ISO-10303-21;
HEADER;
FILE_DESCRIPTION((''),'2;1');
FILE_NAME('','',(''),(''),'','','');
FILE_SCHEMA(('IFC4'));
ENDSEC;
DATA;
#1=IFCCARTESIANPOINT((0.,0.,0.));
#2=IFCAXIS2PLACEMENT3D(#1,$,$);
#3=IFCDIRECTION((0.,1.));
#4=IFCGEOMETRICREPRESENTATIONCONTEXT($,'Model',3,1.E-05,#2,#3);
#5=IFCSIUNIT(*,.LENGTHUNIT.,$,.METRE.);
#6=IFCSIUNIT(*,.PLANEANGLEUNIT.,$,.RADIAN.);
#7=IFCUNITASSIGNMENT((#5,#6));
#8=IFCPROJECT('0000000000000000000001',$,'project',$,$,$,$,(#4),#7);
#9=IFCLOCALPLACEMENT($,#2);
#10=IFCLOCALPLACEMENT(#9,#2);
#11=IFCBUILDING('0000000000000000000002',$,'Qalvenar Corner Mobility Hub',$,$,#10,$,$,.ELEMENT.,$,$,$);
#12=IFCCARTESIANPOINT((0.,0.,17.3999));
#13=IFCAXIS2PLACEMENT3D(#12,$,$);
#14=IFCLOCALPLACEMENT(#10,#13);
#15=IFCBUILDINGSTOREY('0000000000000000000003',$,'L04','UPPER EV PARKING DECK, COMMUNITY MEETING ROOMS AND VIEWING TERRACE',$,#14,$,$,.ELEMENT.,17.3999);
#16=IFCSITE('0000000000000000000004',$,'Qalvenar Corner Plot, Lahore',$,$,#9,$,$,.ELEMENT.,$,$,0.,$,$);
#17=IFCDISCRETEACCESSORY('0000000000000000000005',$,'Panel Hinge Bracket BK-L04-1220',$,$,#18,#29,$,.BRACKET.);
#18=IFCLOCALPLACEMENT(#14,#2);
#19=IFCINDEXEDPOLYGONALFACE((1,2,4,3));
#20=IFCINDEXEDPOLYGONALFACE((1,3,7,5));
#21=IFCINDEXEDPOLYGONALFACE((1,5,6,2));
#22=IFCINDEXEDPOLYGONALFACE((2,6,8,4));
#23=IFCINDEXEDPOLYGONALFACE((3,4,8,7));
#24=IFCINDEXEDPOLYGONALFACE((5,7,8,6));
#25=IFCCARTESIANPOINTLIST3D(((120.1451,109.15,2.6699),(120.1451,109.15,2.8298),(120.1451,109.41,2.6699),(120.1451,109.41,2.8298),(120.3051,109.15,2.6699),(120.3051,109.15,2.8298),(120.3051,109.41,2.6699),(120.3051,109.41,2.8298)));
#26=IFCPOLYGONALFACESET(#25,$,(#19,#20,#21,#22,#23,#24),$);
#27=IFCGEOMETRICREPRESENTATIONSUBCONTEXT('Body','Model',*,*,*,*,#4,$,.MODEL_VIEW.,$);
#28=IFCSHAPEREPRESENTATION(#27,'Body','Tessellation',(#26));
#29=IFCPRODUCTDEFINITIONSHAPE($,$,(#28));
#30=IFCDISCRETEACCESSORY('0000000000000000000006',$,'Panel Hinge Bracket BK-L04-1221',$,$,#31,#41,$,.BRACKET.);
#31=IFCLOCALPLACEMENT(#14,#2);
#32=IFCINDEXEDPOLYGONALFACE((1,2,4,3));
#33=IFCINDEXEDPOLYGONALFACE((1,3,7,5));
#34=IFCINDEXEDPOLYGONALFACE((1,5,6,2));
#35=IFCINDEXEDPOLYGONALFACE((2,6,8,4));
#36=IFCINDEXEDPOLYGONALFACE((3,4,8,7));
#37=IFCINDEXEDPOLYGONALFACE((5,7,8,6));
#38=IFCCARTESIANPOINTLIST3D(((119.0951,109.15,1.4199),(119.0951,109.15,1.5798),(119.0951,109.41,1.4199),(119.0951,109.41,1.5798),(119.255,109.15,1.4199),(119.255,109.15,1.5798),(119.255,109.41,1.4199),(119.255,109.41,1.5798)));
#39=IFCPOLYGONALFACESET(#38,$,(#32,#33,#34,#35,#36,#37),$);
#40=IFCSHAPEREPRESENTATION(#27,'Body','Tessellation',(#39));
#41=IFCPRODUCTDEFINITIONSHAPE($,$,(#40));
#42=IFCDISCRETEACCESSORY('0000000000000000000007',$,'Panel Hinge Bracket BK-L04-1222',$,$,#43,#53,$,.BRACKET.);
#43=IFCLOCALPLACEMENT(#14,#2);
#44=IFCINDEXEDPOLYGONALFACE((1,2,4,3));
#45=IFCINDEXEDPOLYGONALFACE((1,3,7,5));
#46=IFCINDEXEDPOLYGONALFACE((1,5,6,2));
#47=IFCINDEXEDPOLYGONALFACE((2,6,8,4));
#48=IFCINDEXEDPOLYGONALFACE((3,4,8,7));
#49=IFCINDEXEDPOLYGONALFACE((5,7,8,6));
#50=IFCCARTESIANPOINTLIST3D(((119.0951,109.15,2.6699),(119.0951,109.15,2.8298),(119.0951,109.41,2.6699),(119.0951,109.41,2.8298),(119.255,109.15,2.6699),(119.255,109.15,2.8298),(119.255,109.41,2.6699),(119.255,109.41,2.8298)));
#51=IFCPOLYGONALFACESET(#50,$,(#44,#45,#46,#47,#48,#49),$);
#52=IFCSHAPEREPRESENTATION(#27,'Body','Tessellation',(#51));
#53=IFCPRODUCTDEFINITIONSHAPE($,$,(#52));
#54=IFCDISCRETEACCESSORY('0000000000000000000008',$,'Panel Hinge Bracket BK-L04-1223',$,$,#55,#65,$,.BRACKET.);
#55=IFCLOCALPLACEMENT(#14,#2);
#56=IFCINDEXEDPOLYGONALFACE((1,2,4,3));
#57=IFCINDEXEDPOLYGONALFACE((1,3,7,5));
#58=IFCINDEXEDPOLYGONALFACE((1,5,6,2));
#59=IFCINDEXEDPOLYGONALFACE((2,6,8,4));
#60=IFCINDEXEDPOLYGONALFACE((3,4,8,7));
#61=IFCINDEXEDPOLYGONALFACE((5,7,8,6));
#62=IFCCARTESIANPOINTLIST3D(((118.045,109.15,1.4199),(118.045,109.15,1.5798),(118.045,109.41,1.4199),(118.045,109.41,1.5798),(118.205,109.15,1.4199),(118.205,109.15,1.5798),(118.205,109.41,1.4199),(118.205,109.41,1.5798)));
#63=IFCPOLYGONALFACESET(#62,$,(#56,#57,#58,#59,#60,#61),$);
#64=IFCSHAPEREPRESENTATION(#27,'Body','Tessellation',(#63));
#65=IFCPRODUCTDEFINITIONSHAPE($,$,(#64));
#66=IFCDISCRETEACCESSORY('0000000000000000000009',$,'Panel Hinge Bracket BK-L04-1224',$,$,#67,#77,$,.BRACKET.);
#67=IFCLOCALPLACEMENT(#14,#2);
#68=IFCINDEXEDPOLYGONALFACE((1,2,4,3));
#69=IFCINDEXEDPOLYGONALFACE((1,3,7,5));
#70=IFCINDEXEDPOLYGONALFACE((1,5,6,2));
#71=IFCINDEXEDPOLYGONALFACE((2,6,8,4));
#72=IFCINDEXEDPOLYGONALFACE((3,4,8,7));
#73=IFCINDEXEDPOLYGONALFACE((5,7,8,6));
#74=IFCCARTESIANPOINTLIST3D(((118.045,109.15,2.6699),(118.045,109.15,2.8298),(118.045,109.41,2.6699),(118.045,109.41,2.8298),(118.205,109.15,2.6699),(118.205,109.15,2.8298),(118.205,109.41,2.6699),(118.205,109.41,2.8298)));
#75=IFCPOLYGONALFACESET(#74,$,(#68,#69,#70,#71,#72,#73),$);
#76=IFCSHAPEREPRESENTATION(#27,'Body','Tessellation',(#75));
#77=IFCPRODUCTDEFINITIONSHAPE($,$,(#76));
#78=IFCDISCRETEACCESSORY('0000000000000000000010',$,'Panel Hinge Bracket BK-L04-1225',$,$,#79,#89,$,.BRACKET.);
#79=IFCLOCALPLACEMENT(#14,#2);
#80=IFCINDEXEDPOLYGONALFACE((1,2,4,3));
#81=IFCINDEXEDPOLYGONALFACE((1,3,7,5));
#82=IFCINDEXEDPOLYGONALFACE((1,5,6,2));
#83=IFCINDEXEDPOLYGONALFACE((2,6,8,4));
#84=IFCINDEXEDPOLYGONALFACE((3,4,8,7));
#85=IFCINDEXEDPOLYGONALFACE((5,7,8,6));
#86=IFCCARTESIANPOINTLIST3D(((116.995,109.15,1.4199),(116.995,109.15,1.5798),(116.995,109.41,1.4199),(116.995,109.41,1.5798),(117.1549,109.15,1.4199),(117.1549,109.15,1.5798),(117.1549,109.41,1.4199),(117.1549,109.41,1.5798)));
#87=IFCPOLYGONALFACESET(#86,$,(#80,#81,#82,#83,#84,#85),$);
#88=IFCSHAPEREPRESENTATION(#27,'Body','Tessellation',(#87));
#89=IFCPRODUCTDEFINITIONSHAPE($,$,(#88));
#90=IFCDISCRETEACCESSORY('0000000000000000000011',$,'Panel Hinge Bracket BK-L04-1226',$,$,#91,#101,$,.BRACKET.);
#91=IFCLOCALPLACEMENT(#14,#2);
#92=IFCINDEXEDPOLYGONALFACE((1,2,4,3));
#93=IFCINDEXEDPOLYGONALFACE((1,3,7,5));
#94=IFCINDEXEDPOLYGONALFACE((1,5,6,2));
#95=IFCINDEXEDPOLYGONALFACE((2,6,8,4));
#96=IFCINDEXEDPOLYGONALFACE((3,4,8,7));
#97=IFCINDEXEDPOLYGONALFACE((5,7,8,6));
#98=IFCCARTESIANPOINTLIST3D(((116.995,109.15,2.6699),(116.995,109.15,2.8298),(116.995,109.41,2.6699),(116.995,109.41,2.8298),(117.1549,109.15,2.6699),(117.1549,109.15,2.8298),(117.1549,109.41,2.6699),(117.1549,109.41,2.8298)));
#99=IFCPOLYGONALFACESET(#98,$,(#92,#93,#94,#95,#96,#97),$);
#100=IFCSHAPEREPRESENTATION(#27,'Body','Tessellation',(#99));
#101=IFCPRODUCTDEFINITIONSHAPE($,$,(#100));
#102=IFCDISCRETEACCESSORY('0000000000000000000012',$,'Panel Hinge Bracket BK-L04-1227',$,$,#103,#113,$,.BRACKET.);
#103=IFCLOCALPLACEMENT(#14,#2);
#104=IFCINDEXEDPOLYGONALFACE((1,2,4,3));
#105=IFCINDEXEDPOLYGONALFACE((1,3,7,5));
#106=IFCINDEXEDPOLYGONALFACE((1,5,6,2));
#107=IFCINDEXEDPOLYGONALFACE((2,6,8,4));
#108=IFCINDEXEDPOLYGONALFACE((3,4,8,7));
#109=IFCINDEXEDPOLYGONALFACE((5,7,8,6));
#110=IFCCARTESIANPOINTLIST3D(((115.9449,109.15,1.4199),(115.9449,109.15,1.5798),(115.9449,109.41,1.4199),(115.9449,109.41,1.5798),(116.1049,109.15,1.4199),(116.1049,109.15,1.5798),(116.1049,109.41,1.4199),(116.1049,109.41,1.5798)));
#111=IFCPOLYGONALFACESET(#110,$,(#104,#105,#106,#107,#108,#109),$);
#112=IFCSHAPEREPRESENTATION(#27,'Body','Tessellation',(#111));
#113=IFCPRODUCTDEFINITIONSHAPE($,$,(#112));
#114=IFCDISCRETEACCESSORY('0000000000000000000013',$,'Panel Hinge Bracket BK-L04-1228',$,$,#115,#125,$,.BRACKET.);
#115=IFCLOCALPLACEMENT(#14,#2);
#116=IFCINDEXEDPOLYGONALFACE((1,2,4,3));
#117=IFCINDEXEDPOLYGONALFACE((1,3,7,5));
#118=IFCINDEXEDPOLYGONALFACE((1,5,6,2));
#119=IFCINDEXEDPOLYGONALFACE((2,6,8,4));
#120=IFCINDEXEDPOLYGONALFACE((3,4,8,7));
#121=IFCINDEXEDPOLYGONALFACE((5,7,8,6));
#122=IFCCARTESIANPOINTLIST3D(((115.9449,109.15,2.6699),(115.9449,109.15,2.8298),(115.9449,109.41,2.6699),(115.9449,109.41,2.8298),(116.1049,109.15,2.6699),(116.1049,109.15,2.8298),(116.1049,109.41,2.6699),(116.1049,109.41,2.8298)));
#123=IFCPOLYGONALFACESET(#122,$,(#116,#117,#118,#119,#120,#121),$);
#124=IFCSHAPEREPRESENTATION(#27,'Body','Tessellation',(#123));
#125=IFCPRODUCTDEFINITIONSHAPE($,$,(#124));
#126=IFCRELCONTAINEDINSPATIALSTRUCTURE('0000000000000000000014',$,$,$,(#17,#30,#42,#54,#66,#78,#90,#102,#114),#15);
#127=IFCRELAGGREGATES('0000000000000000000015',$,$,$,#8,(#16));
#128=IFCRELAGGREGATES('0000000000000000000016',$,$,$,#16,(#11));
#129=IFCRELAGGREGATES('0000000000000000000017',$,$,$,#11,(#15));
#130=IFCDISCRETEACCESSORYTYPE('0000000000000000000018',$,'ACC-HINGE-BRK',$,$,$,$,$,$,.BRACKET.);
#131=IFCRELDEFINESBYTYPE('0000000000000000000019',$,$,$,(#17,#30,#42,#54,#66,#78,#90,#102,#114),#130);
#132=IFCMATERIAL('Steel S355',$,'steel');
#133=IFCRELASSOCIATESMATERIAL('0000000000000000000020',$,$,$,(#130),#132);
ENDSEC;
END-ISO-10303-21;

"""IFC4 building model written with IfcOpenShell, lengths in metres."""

from ifc_helpers import new_model, si_unit, direction, frame, origin, origin_2d, place, context, subcontext, project, spatial, rectangle, extrude, material, type_object, element, save


model = new_model("IFC4")

# Units and contexts
model_context = context("Model", 3, precision=1e-05, world=origin(), true_north=direction((0.0, 1.0)))
body_context = subcontext(model_context, "Body", "Model", "MODEL_VIEW")
ifc_project = project(units=[si_unit("LENGTHUNIT", "METRE"), si_unit("PLANEANGLEUNIT", "RADIAN")], contexts=[model_context])

# Site, building, storey
site_placement = place(None, origin())
site = spatial("IfcSite", under=ifc_project, at=site_placement, Name="Qalvenar Corner Plot, Lahore", CompositionType="ELEMENT", RefElevation=0.0)
building_placement = place(site_placement, origin())
building = spatial("IfcBuilding", under=site, at=building_placement, Name="Qalvenar Corner Mobility Hub", CompositionType="ELEMENT")
storey_placement = place(building_placement, frame((0.0, 0.0, 17.3999)))
storey = spatial("IfcBuildingStorey", under=building, at=storey_placement, Name="L04", Description="UPPER EV PARKING DECK, COMMUNITY MEETING ROOMS AND VIEWING TERRACE", CompositionType="ELEMENT", Elevation=17.3999)

# Discrete accessories
ifc_material_1 = material(Name="Steel S355", Category="steel")
discrete_accessory_type = type_object("IfcDiscreteAccessoryType", Name="ACC-HINGE-BRK", PredefinedType="BRACKET", material=ifc_material_1)
for number, where, z_axis, x_axis, name in (
    (1, (120.2251, 109.28, 2.6699), (0.0, 0.0, 1.0), (-1.0, 0.0, 0.0), "Panel Hinge Bracket BK-L04-1220"),
    (2, (119.175, 109.28, 1.4199), (0.0, 0.0, 1.0), (-1.0, 0.0, 0.0), "Panel Hinge Bracket BK-L04-1221"),
    (3, (119.175, 109.28, 2.6699), (0.0, 0.0, 1.0), (-1.0, 0.0, 0.0), "Panel Hinge Bracket BK-L04-1222"),
    (4, (118.125, 109.28, 1.4199), (0.0, 0.0, 1.0), (-1.0, 0.0, 0.0), "Panel Hinge Bracket BK-L04-1223"),
    (5, (118.125, 109.28, 2.6699), (0.0, 0.0, 1.0), (-1.0, 0.0, 0.0), "Panel Hinge Bracket BK-L04-1224"),
    (6, (117.075, 109.28, 1.4199), (0.0, 0.0, 1.0), (-1.0, 0.0, 0.0), "Panel Hinge Bracket BK-L04-1225"),
    (7, (117.075, 109.28, 2.6699), (0.0, 0.0, 1.0), (-1.0, 0.0, 0.0), "Panel Hinge Bracket BK-L04-1226"),
    (8, (116.0249, 109.28, 1.4199), (0.0, 0.0, 1.0), (-1.0, 0.0, 0.0), "Panel Hinge Bracket BK-L04-1227"),
    (9, (116.0249, 109.28, 2.6699), (0.0, 0.0, 1.0), (-1.0, 0.0, 0.0), "Panel Hinge Bracket BK-L04-1228"),
):
    element("IfcDiscreteAccessory", number, at=place(storey_placement, frame(where, z_axis=z_axis, x_axis=x_axis)), inside=storey, type_object=discrete_accessory_type, Name=name, PredefinedType="BRACKET", context=body_context, shape_type="SweptSolid", body=[
        extrude(rectangle(XDim=0.1599, YDim=0.26, at=origin_2d()), origin(), (0.0, 0.0, 1.0), 0.1599),
    ])

save(model, "model.ifc")
